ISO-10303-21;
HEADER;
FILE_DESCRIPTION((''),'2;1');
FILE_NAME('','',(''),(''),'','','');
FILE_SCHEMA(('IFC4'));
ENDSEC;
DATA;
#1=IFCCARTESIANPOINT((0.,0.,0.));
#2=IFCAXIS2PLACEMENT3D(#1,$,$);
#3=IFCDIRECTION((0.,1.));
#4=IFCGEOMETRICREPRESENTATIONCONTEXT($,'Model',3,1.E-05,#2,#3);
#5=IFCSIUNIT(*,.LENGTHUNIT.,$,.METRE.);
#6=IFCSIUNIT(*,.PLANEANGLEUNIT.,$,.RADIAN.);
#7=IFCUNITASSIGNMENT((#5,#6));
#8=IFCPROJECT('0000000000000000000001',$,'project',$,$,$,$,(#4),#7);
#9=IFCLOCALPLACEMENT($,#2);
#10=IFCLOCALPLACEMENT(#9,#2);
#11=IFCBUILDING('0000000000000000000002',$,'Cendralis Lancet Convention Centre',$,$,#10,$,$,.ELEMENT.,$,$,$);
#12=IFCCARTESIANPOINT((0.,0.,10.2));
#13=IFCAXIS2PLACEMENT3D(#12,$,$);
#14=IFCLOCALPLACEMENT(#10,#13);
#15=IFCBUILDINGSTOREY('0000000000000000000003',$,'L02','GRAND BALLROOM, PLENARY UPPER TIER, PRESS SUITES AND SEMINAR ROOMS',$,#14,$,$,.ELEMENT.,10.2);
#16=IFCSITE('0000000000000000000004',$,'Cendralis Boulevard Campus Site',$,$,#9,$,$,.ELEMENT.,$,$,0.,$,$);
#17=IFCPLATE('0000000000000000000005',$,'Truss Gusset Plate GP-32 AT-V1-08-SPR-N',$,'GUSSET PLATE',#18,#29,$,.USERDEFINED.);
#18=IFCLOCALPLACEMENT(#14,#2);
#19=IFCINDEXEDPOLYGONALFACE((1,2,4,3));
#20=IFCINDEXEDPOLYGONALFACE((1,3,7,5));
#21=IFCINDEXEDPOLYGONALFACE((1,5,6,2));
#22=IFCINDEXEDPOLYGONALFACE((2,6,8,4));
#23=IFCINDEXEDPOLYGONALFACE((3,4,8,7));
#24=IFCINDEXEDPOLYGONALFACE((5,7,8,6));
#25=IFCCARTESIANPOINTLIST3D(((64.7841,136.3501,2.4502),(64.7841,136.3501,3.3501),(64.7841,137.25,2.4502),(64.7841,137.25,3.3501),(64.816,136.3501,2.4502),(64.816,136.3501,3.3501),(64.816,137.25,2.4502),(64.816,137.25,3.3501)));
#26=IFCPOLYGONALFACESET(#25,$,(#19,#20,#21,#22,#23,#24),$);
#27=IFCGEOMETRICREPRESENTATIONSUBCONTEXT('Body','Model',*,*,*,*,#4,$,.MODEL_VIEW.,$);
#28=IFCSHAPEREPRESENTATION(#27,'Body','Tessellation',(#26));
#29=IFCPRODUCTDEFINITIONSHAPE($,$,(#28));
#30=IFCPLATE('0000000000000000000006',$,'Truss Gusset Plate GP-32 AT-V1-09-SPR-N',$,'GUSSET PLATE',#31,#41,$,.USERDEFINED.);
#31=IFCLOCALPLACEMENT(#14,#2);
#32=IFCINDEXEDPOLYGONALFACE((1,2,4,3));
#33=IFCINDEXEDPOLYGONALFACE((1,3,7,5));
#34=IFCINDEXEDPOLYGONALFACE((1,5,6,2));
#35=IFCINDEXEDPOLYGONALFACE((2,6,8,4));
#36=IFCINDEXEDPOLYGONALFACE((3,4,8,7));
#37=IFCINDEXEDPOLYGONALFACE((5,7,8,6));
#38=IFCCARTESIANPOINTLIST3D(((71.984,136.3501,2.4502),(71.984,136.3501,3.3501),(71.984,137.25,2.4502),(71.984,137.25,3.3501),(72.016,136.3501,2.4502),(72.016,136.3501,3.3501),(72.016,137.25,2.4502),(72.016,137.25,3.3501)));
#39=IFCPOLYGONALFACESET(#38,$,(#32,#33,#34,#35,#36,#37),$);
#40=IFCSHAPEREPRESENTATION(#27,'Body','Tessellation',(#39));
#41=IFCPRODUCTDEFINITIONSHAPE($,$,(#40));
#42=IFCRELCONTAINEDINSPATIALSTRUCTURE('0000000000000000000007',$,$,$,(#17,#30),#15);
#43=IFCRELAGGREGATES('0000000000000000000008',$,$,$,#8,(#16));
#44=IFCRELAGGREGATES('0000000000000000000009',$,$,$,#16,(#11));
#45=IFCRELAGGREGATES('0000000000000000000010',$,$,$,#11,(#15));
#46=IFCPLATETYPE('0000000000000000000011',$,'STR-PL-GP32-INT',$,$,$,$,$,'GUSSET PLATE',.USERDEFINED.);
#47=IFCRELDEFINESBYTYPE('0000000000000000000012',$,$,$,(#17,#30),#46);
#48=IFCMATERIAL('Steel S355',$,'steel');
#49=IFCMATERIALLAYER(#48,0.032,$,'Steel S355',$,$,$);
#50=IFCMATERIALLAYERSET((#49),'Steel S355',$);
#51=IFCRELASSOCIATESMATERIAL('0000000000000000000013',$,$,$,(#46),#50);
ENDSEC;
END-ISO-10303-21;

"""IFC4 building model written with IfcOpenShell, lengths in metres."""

from ifc_helpers import new_model, si_unit, direction, frame, origin, origin_2d, place, context, subcontext, project, spatial, rectangle, extrude, material, layer, layer_set, type_object, element, save


model = new_model("IFC4")

# Units and contexts
model_context = context("Model", 3, precision=1e-05, world=origin(), true_north=direction((0.0, 1.0)))
body_context = subcontext(model_context, "Body", "Model", "MODEL_VIEW")
ifc_project = project(units=[si_unit("LENGTHUNIT", "METRE"), si_unit("PLANEANGLEUNIT", "RADIAN")], contexts=[model_context])

# Site, building, storey
site_placement = place(None, origin())
site = spatial("IfcSite", under=ifc_project, at=site_placement, Name="Cendralis Boulevard Campus Site", CompositionType="ELEMENT", RefElevation=0.0)
building_placement = place(site_placement, origin())
building = spatial("IfcBuilding", under=site, at=building_placement, Name="Cendralis Lancet Convention Centre", CompositionType="ELEMENT")
storey_placement = place(building_placement, frame((0.0, 0.0, 10.2)))
storey = spatial("IfcBuildingStorey", under=building, at=storey_placement, Name="L02", Description="GRAND BALLROOM, PLENARY UPPER TIER, PRESS SUITES AND SEMINAR ROOMS", CompositionType="ELEMENT", Elevation=10.2)

# Shared definitions
ifc_material_1 = material(Name="Steel S355", Category="steel")

# Plates
ifc_layer_1 = layer(ifc_material_1, 0.032, Name="Steel S355")
ifc_layer_set_1 = layer_set([ifc_layer_1], Name="Steel S355")
plate_type_1 = type_object("IfcPlateType", Name="STR-PL-GP32-INT", ElementType="GUSSET PLATE", PredefinedType="USERDEFINED", material=ifc_layer_set_1)
for number, where, z_axis, x_axis, name in (
    (1, (64.8, 136.8, 2.4502), (0.0, 0.0, 1.0), (0.0, 1.0, 0.0), "Truss Gusset Plate GP-32 AT-V1-08-SPR-N"),
    (2, (72.0, 136.8, 2.4502), (0.0, 0.0, 1.0), (0.0, 1.0, 0.0), "Truss Gusset Plate GP-32 AT-V1-09-SPR-N"),
):
    element("IfcPlate", number, at=place(storey_placement, frame(where, z_axis=z_axis, x_axis=x_axis)), inside=storey, type_object=plate_type_1, Name=name, ObjectType="GUSSET PLATE", PredefinedType="USERDEFINED", context=body_context, shape_type="SweptSolid", body=[
        extrude(rectangle(XDim=0.8999, YDim=0.032, at=origin_2d()), origin(), (0.0, 0.0, 1.0), 0.8999),
    ])

save(model, "model.ifc")
